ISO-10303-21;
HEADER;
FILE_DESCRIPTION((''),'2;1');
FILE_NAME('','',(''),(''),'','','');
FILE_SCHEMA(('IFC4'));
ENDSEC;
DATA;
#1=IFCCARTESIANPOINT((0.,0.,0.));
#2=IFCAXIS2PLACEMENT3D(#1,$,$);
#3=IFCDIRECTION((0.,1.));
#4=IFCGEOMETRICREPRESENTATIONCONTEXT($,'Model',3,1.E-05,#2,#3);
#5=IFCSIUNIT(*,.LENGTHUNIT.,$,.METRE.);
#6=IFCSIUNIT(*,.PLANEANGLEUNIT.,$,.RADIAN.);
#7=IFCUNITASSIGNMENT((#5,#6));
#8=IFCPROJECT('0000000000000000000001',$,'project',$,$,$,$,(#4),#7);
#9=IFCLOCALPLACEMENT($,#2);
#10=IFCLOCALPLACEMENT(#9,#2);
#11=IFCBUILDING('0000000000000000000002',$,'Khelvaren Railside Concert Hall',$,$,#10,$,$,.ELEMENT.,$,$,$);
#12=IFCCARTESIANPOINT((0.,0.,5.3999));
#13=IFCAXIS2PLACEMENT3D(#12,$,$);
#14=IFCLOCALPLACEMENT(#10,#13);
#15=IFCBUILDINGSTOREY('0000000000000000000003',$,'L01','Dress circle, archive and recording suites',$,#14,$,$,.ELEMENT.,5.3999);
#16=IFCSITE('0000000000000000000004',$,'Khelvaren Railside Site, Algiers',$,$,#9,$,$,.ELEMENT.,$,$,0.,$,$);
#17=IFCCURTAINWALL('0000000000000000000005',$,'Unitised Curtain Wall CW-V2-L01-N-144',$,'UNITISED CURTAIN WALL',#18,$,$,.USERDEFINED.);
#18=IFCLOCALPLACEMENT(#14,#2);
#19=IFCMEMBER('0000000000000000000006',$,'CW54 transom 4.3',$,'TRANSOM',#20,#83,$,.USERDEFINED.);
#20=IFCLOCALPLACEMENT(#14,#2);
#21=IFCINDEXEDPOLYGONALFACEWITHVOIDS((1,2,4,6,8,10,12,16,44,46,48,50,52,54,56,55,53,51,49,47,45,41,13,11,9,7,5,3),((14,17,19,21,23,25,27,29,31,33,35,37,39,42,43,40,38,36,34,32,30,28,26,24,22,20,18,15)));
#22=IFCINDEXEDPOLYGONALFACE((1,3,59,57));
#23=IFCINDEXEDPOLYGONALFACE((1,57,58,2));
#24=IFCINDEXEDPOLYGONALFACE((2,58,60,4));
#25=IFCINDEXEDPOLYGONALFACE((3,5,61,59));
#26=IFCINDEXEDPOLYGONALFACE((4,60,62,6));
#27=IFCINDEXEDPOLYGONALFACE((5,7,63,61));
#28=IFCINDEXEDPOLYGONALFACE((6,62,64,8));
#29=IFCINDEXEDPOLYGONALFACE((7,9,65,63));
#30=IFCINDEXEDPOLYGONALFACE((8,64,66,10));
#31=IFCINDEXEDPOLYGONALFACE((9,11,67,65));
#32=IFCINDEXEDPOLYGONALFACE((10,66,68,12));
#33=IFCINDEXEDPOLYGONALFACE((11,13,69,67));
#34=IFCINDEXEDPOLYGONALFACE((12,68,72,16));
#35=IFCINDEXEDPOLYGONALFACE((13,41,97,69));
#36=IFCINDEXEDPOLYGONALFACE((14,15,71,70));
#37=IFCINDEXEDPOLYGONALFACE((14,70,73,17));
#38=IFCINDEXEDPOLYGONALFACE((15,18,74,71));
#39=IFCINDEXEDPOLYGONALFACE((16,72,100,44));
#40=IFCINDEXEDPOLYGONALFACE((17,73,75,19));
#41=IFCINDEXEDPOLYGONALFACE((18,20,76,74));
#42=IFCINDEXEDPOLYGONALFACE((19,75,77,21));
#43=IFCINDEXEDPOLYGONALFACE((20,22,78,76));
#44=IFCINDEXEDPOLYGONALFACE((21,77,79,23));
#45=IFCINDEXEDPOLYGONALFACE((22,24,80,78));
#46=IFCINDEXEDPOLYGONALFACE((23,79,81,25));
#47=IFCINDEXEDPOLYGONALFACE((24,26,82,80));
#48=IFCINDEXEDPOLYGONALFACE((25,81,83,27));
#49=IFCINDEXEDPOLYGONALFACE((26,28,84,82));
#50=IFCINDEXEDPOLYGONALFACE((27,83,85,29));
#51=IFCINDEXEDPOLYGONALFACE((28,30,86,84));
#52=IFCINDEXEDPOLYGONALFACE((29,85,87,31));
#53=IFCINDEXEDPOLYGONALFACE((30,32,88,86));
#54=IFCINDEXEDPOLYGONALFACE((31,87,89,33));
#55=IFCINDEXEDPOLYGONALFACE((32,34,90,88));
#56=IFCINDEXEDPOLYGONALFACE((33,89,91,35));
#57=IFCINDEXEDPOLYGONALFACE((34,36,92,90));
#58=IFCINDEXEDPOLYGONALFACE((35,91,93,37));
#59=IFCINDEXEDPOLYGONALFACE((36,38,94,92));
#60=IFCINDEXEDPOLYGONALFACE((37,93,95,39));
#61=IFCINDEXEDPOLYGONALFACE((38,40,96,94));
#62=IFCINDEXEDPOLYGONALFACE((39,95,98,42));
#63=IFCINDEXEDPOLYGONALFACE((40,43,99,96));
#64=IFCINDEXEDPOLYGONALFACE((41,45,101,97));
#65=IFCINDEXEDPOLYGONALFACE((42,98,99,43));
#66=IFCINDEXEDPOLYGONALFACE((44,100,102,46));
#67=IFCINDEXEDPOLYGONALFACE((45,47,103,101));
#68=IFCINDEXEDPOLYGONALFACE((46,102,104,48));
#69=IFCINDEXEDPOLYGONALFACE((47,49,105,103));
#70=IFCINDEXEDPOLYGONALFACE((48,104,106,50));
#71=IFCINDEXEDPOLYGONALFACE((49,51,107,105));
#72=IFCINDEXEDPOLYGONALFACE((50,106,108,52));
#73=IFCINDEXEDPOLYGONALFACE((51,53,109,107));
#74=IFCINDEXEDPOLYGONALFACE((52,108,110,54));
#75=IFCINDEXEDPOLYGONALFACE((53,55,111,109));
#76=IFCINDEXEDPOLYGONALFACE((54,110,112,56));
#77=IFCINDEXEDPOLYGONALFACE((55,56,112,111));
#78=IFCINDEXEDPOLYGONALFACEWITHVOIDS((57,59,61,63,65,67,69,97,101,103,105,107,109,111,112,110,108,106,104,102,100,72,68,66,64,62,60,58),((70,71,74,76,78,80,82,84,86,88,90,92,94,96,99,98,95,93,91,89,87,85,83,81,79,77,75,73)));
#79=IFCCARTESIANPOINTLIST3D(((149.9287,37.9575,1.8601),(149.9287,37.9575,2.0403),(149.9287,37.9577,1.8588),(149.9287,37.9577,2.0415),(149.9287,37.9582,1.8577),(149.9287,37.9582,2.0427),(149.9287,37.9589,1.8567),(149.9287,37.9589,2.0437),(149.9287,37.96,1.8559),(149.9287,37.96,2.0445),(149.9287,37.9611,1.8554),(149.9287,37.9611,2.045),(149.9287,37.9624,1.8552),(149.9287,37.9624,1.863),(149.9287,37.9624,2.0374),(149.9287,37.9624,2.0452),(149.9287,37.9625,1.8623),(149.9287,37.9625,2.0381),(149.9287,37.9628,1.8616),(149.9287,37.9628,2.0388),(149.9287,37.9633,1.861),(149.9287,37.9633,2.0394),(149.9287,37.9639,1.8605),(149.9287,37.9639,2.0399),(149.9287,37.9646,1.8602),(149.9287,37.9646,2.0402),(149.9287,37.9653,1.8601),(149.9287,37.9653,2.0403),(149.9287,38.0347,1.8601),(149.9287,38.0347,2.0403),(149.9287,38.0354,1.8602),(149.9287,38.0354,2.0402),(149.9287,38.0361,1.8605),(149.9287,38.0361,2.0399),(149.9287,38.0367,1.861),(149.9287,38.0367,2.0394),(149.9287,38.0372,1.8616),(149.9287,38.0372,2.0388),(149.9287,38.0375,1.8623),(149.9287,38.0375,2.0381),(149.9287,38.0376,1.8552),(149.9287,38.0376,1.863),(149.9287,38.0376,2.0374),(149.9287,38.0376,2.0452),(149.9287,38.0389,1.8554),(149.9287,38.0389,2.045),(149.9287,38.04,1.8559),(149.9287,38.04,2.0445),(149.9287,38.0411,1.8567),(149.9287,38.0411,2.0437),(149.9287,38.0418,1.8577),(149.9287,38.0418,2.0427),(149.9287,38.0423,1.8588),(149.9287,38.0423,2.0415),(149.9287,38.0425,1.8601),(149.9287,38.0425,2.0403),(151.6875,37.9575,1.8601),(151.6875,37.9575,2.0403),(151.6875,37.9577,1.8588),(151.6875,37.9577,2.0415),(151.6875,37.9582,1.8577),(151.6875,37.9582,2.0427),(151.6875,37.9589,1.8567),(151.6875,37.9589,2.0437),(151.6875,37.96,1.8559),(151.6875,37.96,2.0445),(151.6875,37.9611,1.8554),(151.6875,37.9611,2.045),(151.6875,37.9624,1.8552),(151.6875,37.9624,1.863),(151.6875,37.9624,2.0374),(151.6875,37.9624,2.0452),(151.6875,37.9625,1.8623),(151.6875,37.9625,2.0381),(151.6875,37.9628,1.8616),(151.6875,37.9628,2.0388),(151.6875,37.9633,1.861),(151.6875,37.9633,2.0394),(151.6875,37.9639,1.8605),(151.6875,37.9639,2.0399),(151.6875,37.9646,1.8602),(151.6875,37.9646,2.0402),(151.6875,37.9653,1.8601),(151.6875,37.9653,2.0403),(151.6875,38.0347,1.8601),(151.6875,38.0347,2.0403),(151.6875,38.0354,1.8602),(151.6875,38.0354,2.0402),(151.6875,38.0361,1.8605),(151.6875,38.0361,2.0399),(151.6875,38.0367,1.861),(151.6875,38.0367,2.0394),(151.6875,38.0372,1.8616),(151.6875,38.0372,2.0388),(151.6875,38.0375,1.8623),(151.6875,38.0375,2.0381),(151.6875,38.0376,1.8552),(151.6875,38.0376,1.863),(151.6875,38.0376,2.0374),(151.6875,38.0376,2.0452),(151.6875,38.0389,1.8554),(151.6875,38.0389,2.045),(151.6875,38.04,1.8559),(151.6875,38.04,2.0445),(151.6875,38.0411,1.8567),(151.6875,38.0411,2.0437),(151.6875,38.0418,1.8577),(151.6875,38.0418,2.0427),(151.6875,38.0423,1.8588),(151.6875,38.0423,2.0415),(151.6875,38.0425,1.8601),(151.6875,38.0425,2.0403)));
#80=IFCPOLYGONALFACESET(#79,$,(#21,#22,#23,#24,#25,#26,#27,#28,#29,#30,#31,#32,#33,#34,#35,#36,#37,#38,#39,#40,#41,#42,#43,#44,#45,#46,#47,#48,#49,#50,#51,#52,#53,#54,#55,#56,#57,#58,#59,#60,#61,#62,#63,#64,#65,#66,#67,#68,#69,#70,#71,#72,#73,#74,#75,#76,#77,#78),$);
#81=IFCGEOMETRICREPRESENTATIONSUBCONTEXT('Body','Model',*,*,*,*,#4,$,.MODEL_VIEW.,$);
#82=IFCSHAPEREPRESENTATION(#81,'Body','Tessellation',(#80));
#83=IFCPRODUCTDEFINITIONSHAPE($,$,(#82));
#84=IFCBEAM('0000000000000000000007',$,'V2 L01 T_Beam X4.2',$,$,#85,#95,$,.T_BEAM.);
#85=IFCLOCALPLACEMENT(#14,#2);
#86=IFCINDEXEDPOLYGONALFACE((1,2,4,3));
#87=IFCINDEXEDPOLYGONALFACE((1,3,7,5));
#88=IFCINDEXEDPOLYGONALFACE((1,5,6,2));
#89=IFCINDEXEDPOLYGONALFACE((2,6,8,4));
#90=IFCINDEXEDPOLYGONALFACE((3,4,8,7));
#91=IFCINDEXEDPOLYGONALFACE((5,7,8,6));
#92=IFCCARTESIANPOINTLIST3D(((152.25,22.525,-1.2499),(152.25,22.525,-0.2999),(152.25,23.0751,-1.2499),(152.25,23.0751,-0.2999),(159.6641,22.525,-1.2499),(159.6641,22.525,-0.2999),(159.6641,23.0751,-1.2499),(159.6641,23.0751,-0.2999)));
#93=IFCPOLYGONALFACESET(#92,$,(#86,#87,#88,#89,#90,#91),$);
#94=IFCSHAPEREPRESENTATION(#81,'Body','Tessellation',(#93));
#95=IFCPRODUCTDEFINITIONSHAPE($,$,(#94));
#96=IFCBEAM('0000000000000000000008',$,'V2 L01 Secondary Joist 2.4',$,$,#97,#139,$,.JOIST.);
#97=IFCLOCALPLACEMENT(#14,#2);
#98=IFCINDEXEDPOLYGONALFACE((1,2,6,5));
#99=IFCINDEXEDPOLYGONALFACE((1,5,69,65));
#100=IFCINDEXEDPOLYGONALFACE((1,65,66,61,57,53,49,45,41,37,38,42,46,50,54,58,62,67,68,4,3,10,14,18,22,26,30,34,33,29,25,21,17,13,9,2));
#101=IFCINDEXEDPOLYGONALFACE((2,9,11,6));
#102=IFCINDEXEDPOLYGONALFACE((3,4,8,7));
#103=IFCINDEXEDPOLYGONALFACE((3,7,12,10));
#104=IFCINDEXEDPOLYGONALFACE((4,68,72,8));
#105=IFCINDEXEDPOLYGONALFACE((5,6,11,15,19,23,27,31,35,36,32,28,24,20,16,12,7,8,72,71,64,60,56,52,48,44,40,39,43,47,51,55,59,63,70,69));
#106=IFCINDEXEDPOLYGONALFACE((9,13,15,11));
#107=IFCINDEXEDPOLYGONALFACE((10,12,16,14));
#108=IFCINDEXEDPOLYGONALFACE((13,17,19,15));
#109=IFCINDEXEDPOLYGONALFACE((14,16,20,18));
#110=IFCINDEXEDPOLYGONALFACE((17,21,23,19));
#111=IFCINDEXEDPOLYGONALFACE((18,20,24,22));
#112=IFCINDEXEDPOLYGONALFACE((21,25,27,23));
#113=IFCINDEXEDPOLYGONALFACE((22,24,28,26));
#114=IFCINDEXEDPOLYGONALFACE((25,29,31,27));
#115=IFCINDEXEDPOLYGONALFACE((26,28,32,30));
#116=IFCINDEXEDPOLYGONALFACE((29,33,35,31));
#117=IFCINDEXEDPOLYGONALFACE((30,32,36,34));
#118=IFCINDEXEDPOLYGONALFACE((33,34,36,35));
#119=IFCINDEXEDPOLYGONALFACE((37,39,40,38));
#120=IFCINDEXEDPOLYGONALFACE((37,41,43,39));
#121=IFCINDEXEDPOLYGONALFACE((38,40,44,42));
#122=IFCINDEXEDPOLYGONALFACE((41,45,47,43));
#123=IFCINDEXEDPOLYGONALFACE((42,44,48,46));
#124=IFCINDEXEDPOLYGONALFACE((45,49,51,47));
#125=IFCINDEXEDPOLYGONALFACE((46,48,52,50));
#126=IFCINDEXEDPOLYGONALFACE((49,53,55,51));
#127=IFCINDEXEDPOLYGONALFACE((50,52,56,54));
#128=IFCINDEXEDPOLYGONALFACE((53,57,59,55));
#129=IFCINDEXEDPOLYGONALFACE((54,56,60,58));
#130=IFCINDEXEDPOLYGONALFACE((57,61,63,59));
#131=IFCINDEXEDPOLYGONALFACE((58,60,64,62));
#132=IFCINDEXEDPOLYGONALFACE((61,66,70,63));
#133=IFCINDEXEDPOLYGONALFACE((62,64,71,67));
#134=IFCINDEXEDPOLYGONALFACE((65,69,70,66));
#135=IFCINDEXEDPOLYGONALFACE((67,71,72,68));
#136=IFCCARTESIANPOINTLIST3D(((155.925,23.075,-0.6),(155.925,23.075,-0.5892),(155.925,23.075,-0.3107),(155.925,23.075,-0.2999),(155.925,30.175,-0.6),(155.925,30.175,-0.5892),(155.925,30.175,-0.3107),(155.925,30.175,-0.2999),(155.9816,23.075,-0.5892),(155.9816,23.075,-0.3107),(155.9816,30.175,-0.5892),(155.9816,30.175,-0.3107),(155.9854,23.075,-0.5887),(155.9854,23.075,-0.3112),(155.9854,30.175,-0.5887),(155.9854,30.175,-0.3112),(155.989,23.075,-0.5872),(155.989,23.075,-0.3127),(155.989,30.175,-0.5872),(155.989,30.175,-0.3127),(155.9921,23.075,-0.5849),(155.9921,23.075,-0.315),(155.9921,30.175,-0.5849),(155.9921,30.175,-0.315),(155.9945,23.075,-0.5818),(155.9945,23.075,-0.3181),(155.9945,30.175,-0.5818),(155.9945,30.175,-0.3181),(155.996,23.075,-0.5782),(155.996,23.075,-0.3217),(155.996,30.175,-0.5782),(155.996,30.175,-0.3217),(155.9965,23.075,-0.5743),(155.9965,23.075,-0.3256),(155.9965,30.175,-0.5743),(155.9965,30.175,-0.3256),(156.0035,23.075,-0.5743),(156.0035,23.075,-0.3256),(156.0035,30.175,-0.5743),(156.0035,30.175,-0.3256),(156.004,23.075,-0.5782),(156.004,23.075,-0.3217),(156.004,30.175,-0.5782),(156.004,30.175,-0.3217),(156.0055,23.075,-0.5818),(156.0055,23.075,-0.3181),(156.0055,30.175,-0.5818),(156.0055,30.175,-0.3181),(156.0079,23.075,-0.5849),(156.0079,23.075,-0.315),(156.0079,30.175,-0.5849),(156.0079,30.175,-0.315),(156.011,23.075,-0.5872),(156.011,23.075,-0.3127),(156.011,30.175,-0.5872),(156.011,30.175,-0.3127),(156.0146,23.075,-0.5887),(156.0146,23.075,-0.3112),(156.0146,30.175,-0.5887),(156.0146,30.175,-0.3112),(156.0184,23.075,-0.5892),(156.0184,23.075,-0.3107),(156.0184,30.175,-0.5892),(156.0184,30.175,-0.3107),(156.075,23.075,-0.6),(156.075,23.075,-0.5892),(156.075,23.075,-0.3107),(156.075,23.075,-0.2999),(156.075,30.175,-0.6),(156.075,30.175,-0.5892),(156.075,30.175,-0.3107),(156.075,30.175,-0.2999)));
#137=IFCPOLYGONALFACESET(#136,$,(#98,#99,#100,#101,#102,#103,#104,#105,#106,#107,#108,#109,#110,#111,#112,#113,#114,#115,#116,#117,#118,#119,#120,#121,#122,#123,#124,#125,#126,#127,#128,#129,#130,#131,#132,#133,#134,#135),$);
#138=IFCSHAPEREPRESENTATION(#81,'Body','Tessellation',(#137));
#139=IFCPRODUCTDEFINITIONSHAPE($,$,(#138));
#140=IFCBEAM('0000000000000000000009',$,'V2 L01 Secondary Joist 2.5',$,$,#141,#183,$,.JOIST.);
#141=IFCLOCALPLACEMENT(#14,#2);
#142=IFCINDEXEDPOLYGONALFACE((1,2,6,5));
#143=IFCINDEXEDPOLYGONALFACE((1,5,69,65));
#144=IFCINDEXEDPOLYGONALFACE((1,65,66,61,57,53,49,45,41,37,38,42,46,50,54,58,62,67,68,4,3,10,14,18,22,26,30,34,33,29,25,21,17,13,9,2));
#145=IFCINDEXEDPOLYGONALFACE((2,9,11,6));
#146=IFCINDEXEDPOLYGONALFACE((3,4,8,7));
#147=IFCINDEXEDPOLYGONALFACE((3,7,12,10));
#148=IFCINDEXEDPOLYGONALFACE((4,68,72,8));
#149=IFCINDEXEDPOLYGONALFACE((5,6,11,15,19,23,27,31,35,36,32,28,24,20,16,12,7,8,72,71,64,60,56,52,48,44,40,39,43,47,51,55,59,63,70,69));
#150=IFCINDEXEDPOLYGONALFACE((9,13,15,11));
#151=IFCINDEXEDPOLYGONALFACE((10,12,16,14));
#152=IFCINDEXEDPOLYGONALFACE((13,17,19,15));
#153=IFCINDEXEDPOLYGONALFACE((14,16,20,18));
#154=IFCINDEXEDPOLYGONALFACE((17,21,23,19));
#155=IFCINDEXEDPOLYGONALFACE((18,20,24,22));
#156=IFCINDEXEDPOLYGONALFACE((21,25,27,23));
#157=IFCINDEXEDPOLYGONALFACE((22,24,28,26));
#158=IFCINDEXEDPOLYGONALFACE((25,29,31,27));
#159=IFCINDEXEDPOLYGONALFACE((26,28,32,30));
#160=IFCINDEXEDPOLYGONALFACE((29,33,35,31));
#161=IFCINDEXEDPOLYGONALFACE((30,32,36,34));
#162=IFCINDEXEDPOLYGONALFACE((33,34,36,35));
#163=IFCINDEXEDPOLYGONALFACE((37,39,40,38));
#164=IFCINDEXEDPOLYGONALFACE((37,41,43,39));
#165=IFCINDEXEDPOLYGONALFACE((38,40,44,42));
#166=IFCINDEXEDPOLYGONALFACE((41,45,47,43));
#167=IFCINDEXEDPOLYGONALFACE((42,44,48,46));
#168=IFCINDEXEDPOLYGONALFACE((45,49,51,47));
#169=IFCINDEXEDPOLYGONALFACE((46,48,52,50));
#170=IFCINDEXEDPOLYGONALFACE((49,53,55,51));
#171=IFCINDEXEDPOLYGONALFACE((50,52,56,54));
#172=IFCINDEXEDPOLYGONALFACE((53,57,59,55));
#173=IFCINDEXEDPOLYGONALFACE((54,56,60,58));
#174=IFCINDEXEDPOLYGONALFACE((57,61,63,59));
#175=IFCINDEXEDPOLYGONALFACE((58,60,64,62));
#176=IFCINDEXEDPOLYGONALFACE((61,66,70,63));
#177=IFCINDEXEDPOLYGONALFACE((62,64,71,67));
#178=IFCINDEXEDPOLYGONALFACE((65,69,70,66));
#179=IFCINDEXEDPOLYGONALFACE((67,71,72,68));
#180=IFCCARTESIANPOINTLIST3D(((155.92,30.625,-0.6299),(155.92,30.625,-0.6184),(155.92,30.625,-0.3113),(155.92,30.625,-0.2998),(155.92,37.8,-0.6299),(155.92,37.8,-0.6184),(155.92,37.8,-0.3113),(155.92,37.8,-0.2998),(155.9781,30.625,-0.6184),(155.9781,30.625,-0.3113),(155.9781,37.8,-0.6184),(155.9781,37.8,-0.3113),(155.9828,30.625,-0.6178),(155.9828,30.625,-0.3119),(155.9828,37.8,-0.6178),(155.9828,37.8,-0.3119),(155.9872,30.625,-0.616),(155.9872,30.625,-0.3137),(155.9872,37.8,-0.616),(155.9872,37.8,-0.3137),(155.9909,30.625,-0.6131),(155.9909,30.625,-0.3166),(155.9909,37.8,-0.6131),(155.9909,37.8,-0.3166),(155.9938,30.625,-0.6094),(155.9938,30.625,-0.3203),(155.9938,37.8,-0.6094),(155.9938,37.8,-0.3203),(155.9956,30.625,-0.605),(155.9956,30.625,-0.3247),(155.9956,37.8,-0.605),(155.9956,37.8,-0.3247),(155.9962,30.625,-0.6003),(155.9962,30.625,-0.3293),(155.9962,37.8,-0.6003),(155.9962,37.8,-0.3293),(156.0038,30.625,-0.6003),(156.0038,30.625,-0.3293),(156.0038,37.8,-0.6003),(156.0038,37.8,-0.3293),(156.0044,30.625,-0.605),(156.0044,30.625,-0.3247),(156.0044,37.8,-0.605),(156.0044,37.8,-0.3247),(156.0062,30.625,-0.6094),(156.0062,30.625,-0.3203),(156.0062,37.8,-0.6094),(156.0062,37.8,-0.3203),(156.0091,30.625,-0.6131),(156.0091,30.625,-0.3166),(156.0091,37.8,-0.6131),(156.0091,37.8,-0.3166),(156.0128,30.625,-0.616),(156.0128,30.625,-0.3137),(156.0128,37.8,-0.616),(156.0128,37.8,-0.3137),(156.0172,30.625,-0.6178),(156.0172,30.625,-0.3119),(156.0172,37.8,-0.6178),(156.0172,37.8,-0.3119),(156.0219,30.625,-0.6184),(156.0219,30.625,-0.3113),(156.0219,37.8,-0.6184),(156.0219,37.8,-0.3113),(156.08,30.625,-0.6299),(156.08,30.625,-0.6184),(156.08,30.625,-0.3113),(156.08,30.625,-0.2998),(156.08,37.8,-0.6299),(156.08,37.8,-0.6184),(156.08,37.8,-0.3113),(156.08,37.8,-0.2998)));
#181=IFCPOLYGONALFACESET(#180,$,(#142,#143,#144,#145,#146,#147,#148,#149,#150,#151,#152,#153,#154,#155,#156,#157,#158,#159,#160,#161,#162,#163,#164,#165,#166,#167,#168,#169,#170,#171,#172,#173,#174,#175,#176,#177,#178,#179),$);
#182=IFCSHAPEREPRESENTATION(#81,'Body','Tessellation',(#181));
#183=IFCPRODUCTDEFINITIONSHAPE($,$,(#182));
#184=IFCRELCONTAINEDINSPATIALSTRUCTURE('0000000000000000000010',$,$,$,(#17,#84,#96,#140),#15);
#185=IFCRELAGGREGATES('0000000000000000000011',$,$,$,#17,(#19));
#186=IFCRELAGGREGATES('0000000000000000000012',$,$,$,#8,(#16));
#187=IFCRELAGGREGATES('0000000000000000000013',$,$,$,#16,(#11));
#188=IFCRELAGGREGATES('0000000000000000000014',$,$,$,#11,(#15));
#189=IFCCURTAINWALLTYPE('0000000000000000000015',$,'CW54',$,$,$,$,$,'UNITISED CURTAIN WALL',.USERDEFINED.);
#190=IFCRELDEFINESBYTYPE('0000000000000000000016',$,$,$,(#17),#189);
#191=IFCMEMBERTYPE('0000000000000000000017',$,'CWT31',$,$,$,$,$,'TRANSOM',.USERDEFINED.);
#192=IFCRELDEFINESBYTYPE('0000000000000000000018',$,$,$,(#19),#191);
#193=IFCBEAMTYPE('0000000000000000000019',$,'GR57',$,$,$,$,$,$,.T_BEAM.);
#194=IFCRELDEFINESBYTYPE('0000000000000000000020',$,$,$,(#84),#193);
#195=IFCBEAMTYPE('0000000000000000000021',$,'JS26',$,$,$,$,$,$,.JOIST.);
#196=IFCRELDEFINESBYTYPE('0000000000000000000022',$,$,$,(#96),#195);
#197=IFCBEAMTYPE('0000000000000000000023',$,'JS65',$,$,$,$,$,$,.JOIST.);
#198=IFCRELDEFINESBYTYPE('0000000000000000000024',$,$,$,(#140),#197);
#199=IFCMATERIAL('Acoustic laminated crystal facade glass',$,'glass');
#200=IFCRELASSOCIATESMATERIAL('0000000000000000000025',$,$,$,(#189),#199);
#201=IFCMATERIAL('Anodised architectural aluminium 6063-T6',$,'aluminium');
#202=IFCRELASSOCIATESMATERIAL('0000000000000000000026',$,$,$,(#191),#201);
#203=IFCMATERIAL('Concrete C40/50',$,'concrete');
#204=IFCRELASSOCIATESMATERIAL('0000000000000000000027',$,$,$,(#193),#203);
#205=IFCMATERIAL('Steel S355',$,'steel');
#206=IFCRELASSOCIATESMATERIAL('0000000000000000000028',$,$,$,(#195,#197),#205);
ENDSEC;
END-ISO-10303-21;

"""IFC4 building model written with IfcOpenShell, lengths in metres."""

from ifc_helpers import new_model, si_unit, direction, frame, origin, origin_2d, place, context, subcontext, project, spatial, rectangle, hollow_rectangle, i_section, extrude, material, material_profile, profile_set, type_object, element, aggregate, save


model = new_model("IFC4")

# Units and contexts
model_context = context("Model", 3, precision=1e-05, world=origin(), true_north=direction((0.0, 1.0)))
body_context = subcontext(model_context, "Body", "Model", "MODEL_VIEW")
ifc_project = project(units=[si_unit("LENGTHUNIT", "METRE"), si_unit("PLANEANGLEUNIT", "RADIAN")], contexts=[model_context])

# Site, building, storey
site_placement = place(None, origin())
site = spatial("IfcSite", under=ifc_project, at=site_placement, Name="Khelvaren Railside Site, Algiers", CompositionType="ELEMENT", RefElevation=0.0)
building_placement = place(site_placement, origin())
building = spatial("IfcBuilding", under=site, at=building_placement, Name="Khelvaren Railside Concert Hall", CompositionType="ELEMENT")
storey_placement = place(building_placement, frame((0.0, 0.0, 5.3999)))
storey = spatial("IfcBuildingStorey", under=building, at=storey_placement, Name="L01", Description="Dress circle, archive and recording suites", CompositionType="ELEMENT", Elevation=5.3999)

# Shared definitions
ifc_material_1 = material(Name="Concrete C40/50", Category="concrete")

# Curtain wall, member
ifc_material_2 = material(Name="Acoustic laminated crystal facade glass", Category="glass")
curtain_wall_type = type_object("IfcCurtainWallType", Name="CW54", ElementType="UNITISED CURTAIN WALL", PredefinedType="USERDEFINED", material=ifc_material_2)
curtain_wall_placement = place(storey_placement, origin())
curtain_wall = element("IfcCurtainWall", 1, at=curtain_wall_placement, inside=storey, type_object=curtain_wall_type, Name="Unitised Curtain Wall CW-V2-L01-N-144", ObjectType="UNITISED CURTAIN WALL", PredefinedType="USERDEFINED")
ifc_material_3 = material(Name="Anodised architectural aluminium 6063-T6", Category="aluminium")
ifc_material_profile_1 = material_profile(ifc_material_3, hollow_rectangle(XDim=0.085, YDim=0.1899, WallThickness=0.0049, InnerFilletRadius=0.0029, OuterFilletRadius=0.0049, at=origin_2d()), Name="CWT 85x190x5")
ifc_profile_set_1 = profile_set([ifc_material_profile_1], Name="Anodised architectural aluminium 6063-T6")
member_type_1 = type_object("IfcMemberType", Name="CWT31", ElementType="TRANSOM", PredefinedType="USERDEFINED", material=ifc_profile_set_1)
member_1_placement = place(storey_placement, frame((149.9287, 38.0, 1.9502), z_axis=(1.0, 0.0, 0.0), x_axis=(0.0, 1.0, 0.0)))
member_1 = element("IfcMember", 2, at=member_1_placement, type_object=member_type_1, Name="CW54 transom 4.3", ObjectType="TRANSOM", PredefinedType="USERDEFINED", context=body_context, shape_type="SweptSolid", body=[
    extrude(hollow_rectangle(XDim=0.085, YDim=0.1899, WallThickness=0.0049, InnerFilletRadius=0.0029, OuterFilletRadius=0.0049, at=origin_2d()), origin(), (0.0, 0.0, 1.0), 1.7588),
])

# Beams
ifc_material_profile_2 = material_profile(ifc_material_1, rectangle(XDim=0.55, YDim=0.95, at=origin_2d()), Name="RCB 550x950")
ifc_profile_set_2 = profile_set([ifc_material_profile_2], Name="Concrete C40/50")
beam_type_1 = type_object("IfcBeamType", Name="GR57", PredefinedType="T_BEAM", material=ifc_profile_set_2)
beam_1_placement = place(storey_placement, frame((152.25, 22.8, -0.7749), z_axis=(1.0, 0.0, 0.0), x_axis=(0.0, 1.0, 0.0)))
element("IfcBeam", 3, at=beam_1_placement, inside=storey, type_object=beam_type_1, Name="V2 L01 T_Beam X4.2", PredefinedType="T_BEAM", context=body_context, shape_type="SweptSolid", body=[
    extrude(rectangle(XDim=0.55, YDim=0.95, at=origin_2d()), origin(), (0.0, 0.0, 1.0), 7.4141),
])
ifc_material_4 = material(Name="Steel S355", Category="steel")
ifc_material_profile_3 = material_profile(ifc_material_4, i_section(OverallWidth=0.1499, OverallDepth=0.3, WebThickness=0.0071, FlangeThickness=0.0107, FilletRadius=0.0149, at=origin_2d()), Name="IPE 300")
ifc_profile_set_3 = profile_set([ifc_material_profile_3], Name="Steel S355")
beam_type_2 = type_object("IfcBeamType", Name="JS26", PredefinedType="JOIST", material=ifc_profile_set_3)
beam_2_placement = place(storey_placement, frame((156.0, 23.075, -0.45), z_axis=(0.0, 1.0, 0.0), x_axis=(-1.0, 0.0, 0.0)))
element("IfcBeam", 4, at=beam_2_placement, inside=storey, type_object=beam_type_2, Name="V2 L01 Secondary Joist 2.4", PredefinedType="JOIST", context=body_context, shape_type="SweptSolid", body=[
    extrude(i_section(OverallWidth=0.1499, OverallDepth=0.3, WebThickness=0.0071, FlangeThickness=0.0107, FilletRadius=0.0149, at=origin_2d()), origin(), (0.0, 0.0, 1.0), 7.1001),
])
ifc_material_profile_4 = material_profile(ifc_material_4, i_section(OverallWidth=0.1599, OverallDepth=0.3301, WebThickness=0.0076, FlangeThickness=0.0115, FilletRadius=0.0181, at=origin_2d()), Name="IPE 330")
ifc_profile_set_4 = profile_set([ifc_material_profile_4], Name="Steel S355")
beam_type_3 = type_object("IfcBeamType", Name="JS65", PredefinedType="JOIST", material=ifc_profile_set_4)
beam_3_placement = place(storey_placement, frame((156.0, 30.625, -0.4648), z_axis=(0.0, 1.0, 0.0), x_axis=(-1.0, 0.0, 0.0)))
element("IfcBeam", 5, at=beam_3_placement, inside=storey, type_object=beam_type_3, Name="V2 L01 Secondary Joist 2.5", PredefinedType="JOIST", context=body_context, shape_type="SweptSolid", body=[
    extrude(i_section(OverallWidth=0.1599, OverallDepth=0.3301, WebThickness=0.0076, FlangeThickness=0.0115, FilletRadius=0.0181, at=origin_2d()), origin(), (0.0, 0.0, 1.0), 7.175),
])

aggregate(curtain_wall, [member_1])

save(model, "model.ifc")
